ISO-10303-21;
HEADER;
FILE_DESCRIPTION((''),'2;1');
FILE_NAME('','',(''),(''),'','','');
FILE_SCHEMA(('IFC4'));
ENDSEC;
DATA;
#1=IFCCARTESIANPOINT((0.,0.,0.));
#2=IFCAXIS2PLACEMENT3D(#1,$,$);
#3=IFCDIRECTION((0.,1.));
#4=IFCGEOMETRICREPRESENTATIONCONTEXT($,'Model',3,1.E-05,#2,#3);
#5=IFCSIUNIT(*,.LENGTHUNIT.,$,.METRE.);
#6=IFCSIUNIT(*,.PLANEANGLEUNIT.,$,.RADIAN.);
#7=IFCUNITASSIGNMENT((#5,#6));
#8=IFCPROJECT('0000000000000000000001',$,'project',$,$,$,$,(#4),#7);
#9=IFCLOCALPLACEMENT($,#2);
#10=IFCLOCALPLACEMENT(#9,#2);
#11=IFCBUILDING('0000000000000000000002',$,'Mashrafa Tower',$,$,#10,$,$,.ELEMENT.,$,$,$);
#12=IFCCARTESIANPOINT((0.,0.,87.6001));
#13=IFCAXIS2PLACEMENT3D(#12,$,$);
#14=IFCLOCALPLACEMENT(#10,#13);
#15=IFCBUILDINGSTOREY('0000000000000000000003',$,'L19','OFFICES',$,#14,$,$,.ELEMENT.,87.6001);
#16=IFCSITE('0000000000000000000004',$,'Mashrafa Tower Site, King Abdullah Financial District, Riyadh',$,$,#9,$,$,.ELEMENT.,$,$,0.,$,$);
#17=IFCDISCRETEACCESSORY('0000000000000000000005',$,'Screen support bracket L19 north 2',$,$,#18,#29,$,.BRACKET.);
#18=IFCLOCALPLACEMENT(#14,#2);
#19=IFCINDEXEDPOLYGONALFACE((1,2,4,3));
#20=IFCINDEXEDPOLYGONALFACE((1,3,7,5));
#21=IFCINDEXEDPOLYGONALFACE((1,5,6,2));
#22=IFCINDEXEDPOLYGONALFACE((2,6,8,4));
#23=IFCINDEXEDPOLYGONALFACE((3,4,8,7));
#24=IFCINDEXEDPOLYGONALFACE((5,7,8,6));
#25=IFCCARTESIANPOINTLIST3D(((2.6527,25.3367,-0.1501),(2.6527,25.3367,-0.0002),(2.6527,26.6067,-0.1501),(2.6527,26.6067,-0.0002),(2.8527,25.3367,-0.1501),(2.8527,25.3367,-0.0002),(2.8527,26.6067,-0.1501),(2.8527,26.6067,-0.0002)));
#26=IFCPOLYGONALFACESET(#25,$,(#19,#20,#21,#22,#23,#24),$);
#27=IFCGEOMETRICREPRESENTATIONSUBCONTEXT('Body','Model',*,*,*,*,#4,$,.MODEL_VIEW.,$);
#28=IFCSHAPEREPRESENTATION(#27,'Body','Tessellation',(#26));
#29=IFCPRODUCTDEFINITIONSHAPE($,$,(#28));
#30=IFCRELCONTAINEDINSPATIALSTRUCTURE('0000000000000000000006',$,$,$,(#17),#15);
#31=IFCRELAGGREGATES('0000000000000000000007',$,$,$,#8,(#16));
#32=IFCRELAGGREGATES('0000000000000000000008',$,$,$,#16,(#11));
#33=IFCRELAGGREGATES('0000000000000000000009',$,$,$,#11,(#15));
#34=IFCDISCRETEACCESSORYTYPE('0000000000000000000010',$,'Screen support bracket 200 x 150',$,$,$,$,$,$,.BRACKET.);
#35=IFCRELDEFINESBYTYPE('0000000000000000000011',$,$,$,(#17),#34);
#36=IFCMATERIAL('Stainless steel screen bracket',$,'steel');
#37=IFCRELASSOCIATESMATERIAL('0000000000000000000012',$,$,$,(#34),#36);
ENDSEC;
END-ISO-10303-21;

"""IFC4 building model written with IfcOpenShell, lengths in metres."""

from ifc_helpers import new_model, si_unit, direction, frame, origin, origin_2d, place, context, subcontext, project, spatial, rectangle, extrude, source, transform, mapped, material, type_object, type_shapes, element, save


model = new_model("IFC4")

# Units and contexts
model_context = context("Model", 3, precision=1e-05, world=origin(), true_north=direction((0.0, 1.0)))
body_context = subcontext(model_context, "Body", "Model", "MODEL_VIEW")
ifc_project = project(units=[si_unit("LENGTHUNIT", "METRE"), si_unit("PLANEANGLEUNIT", "RADIAN")], contexts=[model_context])

# Site, building, storey
site_placement = place(None, origin())
site = spatial("IfcSite", under=ifc_project, at=site_placement, Name="Mashrafa Tower Site, King Abdullah Financial District, Riyadh", CompositionType="ELEMENT", RefElevation=0.0)
building_placement = place(site_placement, origin())
building = spatial("IfcBuilding", under=site, at=building_placement, Name="Mashrafa Tower", CompositionType="ELEMENT")
storey_placement = place(building_placement, frame((0.0, 0.0, 87.6001)))
storey = spatial("IfcBuildingStorey", under=building, at=storey_placement, Name="L19", Description="OFFICES", CompositionType="ELEMENT", Elevation=87.6001)

# Discrete accessory
ifc_material_1 = material(Name="Stainless steel screen bracket", Category="steel")
discrete_accessory_type = type_object("IfcDiscreteAccessoryType", Name="Screen support bracket 200 x 150", PredefinedType="BRACKET", material=ifc_material_1)
shared_shape_1 = source(origin(), body_context, "Body", "SweptSolid", [
    extrude(rectangle(XDim=0.2, YDim=1.27, at=origin_2d()), origin(), (0.0, 0.0, 1.0), 0.1499),
])
type_shapes(discrete_accessory_type, [shared_shape_1])
for number, where, z_axis, x_axis, name in (
    (1, (2.7527, 25.9717, -0.1501), (0.0, 0.0, 1.0), (-1.0, 0.0, 0.0), "Screen support bracket L19 north 2"),
):
    element("IfcDiscreteAccessory", number, at=place(storey_placement, frame(where, z_axis=z_axis, x_axis=x_axis)), inside=storey, type_object=discrete_accessory_type, Name=name, PredefinedType="BRACKET", context=body_context, shape_type="MappedRepresentation", body=[
        mapped(shared_shape_1, transform((0.0, 0.0, 0.0))),
    ])

save(model, "model.ifc")
